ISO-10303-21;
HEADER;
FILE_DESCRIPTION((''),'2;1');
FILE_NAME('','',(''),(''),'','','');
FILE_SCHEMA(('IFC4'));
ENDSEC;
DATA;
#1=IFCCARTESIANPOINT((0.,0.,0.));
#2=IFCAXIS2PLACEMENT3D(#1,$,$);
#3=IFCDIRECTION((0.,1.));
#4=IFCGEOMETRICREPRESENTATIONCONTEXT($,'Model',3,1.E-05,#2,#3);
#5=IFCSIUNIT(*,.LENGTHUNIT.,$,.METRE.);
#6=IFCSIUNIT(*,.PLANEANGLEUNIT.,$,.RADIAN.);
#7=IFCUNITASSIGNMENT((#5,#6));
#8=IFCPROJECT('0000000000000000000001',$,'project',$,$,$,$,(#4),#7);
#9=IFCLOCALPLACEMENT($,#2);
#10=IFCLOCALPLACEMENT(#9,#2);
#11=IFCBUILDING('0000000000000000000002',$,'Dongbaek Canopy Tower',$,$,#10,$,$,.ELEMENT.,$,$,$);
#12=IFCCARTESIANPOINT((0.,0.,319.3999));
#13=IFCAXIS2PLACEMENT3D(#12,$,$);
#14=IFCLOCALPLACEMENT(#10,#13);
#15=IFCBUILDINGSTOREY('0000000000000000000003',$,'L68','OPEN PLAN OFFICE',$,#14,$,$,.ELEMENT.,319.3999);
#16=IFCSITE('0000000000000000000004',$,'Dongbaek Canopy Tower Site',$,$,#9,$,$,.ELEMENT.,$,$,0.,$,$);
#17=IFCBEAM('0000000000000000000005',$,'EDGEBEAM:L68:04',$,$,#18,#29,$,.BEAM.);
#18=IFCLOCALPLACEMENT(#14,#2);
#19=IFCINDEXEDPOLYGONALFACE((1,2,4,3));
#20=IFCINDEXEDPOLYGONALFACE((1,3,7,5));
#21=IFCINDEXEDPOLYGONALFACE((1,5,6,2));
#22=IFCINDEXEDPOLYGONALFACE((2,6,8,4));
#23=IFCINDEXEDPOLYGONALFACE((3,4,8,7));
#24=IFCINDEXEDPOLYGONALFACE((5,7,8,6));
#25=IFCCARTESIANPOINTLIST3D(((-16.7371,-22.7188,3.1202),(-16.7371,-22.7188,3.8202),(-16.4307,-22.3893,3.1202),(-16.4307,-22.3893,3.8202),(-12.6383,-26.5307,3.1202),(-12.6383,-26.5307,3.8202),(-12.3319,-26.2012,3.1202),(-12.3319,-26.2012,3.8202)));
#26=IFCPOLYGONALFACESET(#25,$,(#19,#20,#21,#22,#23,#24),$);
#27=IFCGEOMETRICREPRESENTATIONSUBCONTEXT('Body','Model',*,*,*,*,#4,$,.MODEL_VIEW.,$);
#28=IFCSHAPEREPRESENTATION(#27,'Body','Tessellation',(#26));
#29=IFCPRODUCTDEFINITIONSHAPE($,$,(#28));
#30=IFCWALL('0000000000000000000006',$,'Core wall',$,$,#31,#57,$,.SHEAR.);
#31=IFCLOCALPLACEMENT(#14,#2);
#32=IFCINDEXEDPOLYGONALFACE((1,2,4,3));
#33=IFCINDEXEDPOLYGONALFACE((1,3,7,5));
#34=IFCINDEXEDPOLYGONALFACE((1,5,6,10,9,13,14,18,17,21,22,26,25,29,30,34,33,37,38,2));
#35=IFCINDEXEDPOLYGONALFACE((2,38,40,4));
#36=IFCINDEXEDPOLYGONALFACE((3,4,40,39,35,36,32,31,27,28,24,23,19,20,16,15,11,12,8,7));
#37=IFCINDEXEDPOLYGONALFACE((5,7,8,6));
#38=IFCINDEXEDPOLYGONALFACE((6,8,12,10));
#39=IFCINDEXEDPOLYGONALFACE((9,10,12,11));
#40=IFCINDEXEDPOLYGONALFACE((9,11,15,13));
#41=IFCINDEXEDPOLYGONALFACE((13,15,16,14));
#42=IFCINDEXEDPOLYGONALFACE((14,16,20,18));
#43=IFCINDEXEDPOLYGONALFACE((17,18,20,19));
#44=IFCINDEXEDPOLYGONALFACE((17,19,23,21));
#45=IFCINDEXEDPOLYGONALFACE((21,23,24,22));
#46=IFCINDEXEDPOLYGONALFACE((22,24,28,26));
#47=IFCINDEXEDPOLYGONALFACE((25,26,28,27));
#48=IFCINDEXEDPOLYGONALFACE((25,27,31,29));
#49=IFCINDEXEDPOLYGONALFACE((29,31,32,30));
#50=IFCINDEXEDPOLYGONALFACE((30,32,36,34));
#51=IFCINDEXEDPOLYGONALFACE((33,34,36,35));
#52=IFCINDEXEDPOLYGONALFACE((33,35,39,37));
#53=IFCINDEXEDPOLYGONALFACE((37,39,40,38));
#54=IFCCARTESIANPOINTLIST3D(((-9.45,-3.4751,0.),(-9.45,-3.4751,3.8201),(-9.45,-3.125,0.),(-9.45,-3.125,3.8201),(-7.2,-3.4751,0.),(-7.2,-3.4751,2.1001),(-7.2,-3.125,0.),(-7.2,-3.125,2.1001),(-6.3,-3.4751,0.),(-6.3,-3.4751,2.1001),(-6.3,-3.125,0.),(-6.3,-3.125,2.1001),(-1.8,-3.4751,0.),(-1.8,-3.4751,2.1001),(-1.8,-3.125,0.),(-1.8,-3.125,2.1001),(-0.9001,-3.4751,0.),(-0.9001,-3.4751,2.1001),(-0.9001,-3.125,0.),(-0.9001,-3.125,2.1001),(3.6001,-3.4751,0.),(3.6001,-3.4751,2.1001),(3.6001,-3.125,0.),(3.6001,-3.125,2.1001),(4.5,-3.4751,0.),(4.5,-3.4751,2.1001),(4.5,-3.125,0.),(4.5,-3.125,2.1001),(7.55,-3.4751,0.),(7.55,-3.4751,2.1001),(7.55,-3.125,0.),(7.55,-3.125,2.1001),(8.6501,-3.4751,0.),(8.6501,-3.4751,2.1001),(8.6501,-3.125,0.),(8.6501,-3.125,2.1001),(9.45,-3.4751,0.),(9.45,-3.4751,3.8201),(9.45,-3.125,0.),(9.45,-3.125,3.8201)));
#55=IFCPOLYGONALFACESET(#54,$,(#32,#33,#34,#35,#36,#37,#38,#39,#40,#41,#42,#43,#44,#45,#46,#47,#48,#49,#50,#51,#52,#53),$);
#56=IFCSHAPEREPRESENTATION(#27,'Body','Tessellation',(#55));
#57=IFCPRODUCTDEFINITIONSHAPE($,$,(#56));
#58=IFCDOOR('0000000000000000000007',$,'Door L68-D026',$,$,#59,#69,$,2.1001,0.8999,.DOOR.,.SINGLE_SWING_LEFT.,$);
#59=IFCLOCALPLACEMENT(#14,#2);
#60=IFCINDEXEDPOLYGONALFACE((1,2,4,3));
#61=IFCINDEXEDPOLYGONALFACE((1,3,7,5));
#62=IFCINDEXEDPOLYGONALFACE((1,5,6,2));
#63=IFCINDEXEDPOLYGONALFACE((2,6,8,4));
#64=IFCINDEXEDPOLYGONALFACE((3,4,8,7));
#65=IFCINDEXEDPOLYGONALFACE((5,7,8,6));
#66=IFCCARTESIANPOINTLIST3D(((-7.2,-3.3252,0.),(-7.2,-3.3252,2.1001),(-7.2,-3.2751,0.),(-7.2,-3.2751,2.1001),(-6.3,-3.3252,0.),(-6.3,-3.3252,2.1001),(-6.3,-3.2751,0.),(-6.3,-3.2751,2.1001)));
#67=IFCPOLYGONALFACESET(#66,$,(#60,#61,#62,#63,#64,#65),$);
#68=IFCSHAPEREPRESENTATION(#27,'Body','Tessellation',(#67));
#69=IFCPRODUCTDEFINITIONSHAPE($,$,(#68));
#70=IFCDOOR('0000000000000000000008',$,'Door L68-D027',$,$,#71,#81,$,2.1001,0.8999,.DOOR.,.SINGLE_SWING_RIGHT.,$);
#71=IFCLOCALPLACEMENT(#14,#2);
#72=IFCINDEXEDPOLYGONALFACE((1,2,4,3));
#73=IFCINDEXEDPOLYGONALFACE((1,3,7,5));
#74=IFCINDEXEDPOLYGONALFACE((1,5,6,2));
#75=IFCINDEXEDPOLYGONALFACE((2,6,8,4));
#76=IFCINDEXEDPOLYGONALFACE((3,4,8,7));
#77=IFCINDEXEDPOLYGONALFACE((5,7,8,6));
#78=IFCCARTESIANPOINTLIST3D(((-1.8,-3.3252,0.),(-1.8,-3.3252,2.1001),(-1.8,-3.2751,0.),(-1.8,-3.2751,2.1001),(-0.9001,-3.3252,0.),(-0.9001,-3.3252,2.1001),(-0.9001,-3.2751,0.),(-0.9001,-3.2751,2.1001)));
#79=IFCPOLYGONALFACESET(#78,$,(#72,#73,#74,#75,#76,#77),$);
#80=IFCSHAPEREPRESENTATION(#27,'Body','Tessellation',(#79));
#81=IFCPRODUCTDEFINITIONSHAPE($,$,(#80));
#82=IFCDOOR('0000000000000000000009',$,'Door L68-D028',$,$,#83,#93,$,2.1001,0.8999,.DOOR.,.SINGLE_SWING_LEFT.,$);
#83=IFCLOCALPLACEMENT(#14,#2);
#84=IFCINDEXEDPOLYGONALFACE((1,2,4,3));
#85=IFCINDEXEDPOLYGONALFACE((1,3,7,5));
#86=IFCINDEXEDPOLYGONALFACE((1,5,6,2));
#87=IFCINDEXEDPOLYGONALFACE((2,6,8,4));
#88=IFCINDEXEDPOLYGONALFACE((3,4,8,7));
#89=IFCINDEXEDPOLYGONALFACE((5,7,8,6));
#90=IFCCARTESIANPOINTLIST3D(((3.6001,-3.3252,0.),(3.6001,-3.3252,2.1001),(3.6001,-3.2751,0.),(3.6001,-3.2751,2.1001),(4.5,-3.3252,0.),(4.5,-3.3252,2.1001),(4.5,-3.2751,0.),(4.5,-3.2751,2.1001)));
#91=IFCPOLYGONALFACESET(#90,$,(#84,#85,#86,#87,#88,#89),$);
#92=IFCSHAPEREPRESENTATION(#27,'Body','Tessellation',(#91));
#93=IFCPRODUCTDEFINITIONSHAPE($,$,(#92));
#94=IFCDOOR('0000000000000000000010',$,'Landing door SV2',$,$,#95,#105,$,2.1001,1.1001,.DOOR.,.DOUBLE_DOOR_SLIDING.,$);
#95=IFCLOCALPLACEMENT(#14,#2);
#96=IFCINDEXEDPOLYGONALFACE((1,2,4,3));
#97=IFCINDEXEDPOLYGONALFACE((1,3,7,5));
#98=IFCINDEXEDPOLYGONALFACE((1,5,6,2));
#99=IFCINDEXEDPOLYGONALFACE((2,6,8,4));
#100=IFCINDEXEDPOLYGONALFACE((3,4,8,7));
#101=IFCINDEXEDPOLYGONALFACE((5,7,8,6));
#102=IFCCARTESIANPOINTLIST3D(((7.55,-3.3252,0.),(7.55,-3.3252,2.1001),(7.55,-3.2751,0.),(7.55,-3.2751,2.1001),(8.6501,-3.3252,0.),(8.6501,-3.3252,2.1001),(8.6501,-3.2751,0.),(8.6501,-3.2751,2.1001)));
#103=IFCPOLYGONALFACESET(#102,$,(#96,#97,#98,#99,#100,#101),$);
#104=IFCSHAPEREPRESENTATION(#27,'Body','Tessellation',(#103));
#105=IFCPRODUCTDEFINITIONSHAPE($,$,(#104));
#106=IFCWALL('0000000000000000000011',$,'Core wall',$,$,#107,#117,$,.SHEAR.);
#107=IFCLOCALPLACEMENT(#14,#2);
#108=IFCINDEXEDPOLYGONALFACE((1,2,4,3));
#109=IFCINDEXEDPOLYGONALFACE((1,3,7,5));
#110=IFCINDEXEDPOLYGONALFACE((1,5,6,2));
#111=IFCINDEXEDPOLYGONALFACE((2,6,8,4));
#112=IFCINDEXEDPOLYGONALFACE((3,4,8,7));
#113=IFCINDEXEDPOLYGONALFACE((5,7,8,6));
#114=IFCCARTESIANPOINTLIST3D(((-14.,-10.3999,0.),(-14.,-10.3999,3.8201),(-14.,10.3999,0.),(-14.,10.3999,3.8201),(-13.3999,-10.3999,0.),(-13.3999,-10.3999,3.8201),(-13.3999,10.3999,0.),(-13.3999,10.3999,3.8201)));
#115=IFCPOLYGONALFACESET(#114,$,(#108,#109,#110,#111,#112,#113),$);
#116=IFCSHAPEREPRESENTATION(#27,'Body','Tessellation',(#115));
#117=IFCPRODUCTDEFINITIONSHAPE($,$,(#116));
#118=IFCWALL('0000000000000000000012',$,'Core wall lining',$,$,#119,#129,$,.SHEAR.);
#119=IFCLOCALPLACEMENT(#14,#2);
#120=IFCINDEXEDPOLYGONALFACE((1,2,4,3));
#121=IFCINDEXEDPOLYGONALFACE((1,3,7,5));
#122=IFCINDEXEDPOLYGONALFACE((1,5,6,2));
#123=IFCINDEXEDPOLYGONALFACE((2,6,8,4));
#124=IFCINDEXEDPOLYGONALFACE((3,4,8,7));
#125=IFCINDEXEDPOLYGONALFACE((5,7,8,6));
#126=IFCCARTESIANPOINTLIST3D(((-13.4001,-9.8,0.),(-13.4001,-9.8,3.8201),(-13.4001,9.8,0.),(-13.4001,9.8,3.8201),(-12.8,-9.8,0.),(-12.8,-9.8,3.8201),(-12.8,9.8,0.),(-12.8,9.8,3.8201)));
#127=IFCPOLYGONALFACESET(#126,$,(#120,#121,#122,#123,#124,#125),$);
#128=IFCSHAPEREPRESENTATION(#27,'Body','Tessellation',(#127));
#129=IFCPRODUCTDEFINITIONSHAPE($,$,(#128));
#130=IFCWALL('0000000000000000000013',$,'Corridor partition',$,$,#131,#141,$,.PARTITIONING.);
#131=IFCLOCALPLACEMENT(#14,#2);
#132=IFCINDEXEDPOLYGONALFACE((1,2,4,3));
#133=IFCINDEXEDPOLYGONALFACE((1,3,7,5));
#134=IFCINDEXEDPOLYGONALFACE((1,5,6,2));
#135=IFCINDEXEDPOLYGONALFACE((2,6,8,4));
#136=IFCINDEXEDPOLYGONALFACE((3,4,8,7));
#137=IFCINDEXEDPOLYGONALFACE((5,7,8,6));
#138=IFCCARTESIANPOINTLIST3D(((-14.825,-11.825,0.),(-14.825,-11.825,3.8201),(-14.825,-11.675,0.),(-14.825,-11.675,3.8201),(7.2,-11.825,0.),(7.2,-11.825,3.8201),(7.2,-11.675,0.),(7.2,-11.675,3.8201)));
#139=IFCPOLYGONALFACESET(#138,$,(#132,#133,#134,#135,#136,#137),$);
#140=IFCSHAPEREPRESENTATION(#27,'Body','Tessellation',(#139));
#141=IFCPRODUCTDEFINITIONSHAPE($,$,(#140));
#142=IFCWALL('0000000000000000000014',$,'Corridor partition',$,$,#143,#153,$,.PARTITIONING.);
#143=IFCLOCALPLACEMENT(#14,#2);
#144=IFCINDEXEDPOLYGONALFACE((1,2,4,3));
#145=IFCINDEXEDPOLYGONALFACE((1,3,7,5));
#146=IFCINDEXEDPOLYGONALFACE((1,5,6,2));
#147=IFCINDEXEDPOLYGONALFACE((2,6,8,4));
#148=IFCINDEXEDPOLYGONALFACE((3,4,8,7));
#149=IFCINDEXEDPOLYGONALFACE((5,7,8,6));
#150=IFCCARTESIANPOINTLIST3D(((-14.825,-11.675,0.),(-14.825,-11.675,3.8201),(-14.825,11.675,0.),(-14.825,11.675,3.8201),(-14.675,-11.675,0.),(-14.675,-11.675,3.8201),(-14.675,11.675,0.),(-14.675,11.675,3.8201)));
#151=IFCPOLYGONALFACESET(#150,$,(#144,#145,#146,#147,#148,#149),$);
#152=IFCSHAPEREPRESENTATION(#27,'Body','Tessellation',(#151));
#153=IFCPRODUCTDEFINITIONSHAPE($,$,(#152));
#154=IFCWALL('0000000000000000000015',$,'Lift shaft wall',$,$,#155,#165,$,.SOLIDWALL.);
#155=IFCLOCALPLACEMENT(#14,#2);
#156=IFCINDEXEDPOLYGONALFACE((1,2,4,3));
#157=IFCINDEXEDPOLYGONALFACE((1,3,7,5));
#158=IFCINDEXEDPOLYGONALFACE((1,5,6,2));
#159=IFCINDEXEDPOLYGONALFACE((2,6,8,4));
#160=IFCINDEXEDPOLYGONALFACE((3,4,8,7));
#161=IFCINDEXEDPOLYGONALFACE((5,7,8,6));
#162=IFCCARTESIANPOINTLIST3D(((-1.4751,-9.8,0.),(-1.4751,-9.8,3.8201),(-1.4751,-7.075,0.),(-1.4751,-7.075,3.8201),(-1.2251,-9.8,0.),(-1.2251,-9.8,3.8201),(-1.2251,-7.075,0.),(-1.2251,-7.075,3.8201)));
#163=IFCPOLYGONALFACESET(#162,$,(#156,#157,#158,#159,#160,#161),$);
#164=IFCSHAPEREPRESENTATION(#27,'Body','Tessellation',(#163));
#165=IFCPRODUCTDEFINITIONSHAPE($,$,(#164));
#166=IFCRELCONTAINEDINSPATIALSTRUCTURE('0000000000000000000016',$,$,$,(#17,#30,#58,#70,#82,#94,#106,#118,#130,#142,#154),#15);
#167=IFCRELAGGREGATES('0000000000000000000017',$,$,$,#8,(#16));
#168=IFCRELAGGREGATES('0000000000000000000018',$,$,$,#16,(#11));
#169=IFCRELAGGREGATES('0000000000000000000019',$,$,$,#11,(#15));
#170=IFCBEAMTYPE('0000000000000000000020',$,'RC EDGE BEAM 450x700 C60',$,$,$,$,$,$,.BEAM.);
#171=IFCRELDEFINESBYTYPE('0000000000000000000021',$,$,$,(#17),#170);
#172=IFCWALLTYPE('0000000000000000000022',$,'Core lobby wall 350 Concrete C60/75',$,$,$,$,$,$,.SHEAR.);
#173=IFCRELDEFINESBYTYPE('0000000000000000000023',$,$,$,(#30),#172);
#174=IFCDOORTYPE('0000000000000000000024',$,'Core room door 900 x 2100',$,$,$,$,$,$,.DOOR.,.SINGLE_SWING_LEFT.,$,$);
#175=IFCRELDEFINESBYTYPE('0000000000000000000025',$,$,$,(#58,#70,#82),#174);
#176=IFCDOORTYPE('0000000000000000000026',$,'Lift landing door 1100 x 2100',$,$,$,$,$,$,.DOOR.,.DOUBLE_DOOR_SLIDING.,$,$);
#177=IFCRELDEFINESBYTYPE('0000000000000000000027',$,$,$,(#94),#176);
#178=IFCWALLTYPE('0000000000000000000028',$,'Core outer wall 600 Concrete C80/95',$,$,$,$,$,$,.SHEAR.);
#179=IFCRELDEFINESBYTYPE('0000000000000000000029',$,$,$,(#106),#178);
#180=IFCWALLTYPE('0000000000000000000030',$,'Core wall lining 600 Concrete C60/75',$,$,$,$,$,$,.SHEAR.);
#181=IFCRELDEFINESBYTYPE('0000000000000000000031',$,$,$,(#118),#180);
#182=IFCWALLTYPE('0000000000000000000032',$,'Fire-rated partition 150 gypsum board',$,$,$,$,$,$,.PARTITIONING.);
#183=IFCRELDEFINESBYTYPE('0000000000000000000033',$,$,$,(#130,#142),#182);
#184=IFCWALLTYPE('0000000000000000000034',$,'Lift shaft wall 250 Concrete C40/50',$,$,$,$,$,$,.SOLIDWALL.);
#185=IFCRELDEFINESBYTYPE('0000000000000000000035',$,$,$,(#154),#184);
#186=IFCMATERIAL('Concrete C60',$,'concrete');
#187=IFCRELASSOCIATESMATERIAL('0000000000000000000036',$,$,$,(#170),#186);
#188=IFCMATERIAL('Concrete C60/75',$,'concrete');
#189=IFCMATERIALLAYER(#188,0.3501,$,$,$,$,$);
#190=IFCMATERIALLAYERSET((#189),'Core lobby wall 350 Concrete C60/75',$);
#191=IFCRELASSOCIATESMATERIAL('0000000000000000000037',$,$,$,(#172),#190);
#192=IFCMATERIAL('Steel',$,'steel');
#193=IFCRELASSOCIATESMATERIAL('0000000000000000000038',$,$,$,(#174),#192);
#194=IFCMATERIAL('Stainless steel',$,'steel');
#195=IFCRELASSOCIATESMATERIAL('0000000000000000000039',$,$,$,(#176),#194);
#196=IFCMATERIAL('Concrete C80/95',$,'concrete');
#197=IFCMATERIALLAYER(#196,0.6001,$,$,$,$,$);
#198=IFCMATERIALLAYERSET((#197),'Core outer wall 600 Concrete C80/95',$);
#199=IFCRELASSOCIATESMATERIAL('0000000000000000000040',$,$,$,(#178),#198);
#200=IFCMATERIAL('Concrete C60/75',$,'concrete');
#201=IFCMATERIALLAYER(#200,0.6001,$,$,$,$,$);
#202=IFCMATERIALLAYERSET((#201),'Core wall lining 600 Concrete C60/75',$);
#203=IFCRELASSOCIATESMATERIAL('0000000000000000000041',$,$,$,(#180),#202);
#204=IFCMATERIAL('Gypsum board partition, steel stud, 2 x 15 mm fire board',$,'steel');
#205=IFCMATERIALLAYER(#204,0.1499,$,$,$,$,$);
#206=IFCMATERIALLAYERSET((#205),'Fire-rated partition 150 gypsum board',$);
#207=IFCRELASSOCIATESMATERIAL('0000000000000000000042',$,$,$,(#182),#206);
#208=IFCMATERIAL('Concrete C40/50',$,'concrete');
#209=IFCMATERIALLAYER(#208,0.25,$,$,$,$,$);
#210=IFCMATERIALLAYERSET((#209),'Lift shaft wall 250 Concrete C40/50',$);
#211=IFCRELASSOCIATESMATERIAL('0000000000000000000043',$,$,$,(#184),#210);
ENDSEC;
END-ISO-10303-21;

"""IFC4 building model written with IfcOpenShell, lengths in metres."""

from ifc_helpers import new_model, si_unit, direction, frame, frame_2d, origin, origin_2d, place, context, subcontext, project, spatial, rectangle, extrude, material, layer, layer_set, material_profile, profile_set, type_object, element, fill, save


model = new_model("IFC4")

# Units and contexts
model_context = context("Model", 3, precision=1e-05, world=origin(), true_north=direction((0.0, 1.0)))
body_context = subcontext(model_context, "Body", "Model", "MODEL_VIEW")
ifc_project = project(units=[si_unit("LENGTHUNIT", "METRE"), si_unit("PLANEANGLEUNIT", "RADIAN")], contexts=[model_context])

# Site, building, storey
site_placement = place(None, origin())
site = spatial("IfcSite", under=ifc_project, at=site_placement, Name="Dongbaek Canopy Tower Site", CompositionType="ELEMENT", RefElevation=0.0)
building_placement = place(site_placement, origin())
building = spatial("IfcBuilding", under=site, at=building_placement, Name="Dongbaek Canopy Tower", CompositionType="ELEMENT")
storey_placement = place(building_placement, frame((0.0, 0.0, 319.3999)))
storey = spatial("IfcBuildingStorey", under=building, at=storey_placement, Name="L68", Description="OPEN PLAN OFFICE", CompositionType="ELEMENT", Elevation=319.3999)

# Beam
ifc_material_1 = material(Name="Concrete C60", Category="concrete")
ifc_material_profile = material_profile(ifc_material_1, rectangle(XDim=0.45, YDim=0.7, at=origin_2d()), Name="RC EDGE BEAM 450x700 C60")
ifc_profile_set = profile_set([ifc_material_profile], Name="Concrete C60")
beam_type = type_object("IfcBeamType", Name="RC EDGE BEAM 450x700 C60", PredefinedType="BEAM", material=ifc_profile_set)
beam_placement = place(storey_placement, frame((-12.4851, -26.366, 3.4702), z_axis=(-0.732267, 0.681018, 0.0), x_axis=(-0.681018, -0.732267, 0.0)))
element("IfcBeam", 1, at=beam_placement, inside=storey, type_object=beam_type, Name="EDGEBEAM:L68:04", PredefinedType="BEAM", context=body_context, shape_type="SweptSolid", body=[
    extrude(rectangle(XDim=0.45, YDim=0.7, at=origin_2d()), origin(), (0.0, 0.0, 1.0), 5.5974),
])

# Wall, openings, doors
ifc_material_2 = material(Name="Concrete C60/75", Category="concrete")
ifc_layer_1 = layer(ifc_material_2, 0.3501)
ifc_layer_set_1 = layer_set([ifc_layer_1], Name="Core lobby wall 350 Concrete C60/75")
wall_type_1 = type_object("IfcWallType", Name="Core lobby wall 350 Concrete C60/75", PredefinedType="SHEAR", material=ifc_layer_set_1)
wall_1_placement = place(storey_placement, frame((-9.45, -3.3, 0.0), z_axis=(0.0, 0.0, 1.0), x_axis=(1.0, 0.0, 0.0)))
wall_1 = element("IfcWall", 2, at=wall_1_placement, inside=storey, type_object=wall_type_1, Name="Core wall", PredefinedType="SHEAR", context=body_context, shape_type="SweptSolid", body=[
    extrude(rectangle(XDim=18.8999, YDim=0.3501, at=frame_2d((9.45, 0.0))), origin(), (0.0, 0.0, 1.0), 3.8201),
])
opening_1_placement = place(wall_1_placement, frame((17.0, 0.0, 0.0)))
opening_1 = element("IfcOpeningElement", 3, at=opening_1_placement, cuts=wall_1, PredefinedType="OPENING", context=body_context, shape_type="SweptSolid", body=[
    extrude(rectangle(XDim=1.1001, YDim=2.1001, at=frame_2d((0.55, 1.05))), frame((0.0, 0.1851, 0.0), z_axis=(0.0, -1.0, 0.0), x_axis=(1.0, 0.0, 0.0)), (0.0, 0.0, 1.0), 0.3701),
])
opening_2_placement = place(wall_1_placement, frame((2.25, 0.0, 0.0)))
opening_2 = element("IfcOpeningElement", 4, at=opening_2_placement, cuts=wall_1, PredefinedType="OPENING", context=body_context, shape_type="SweptSolid", body=[
    extrude(rectangle(XDim=0.8999, YDim=2.1001, at=frame_2d((0.45, 1.05))), frame((0.0, 0.1851, 0.0), z_axis=(0.0, -1.0, 0.0), x_axis=(1.0, 0.0, 0.0)), (0.0, 0.0, 1.0), 0.3701),
])
opening_3_placement = place(wall_1_placement, frame((7.6499, 0.0, 0.0)))
opening_3 = element("IfcOpeningElement", 5, at=opening_3_placement, cuts=wall_1, PredefinedType="OPENING", context=body_context, shape_type="SweptSolid", body=[
    extrude(rectangle(XDim=0.8999, YDim=2.1001, at=frame_2d((0.45, 1.05))), frame((0.0, 0.1851, 0.0), z_axis=(0.0, -1.0, 0.0), x_axis=(1.0, 0.0, 0.0)), (0.0, 0.0, 1.0), 0.3701),
])
opening_4_placement = place(wall_1_placement, frame((13.05, 0.0, 0.0)))
opening_4 = element("IfcOpeningElement", 6, at=opening_4_placement, cuts=wall_1, PredefinedType="OPENING", context=body_context, shape_type="SweptSolid", body=[
    extrude(rectangle(XDim=0.8999, YDim=2.1001, at=frame_2d((0.45, 1.05))), frame((0.0, 0.1851, 0.0), z_axis=(0.0, -1.0, 0.0), x_axis=(1.0, 0.0, 0.0)), (0.0, 0.0, 1.0), 0.3701),
])
ifc_material_3 = material(Name="Steel", Category="steel")
door_type_1 = type_object("IfcDoorType", Name="Core room door 900 x 2100", OperationType="SINGLE_SWING_LEFT", PredefinedType="DOOR", material=ifc_material_3)
door_1_placement = place(opening_2_placement, origin())
door_1 = element("IfcDoor", 7, at=door_1_placement, inside=storey, type_object=door_type_1, Name="Door L68-D026", OperationType="SINGLE_SWING_LEFT", OverallHeight=2.1001, OverallWidth=0.8999, PredefinedType="DOOR", context=body_context, shape_type="SweptSolid", body=[
    extrude(rectangle(XDim=0.8999, YDim=2.1001, at=frame_2d((0.45, 1.05))), frame((0.0, 0.0249, 0.0), z_axis=(0.0, -1.0, 0.0), x_axis=(1.0, 0.0, 0.0)), (0.0, 0.0, 1.0), 0.05),
])
fill(opening_2, door_1)
door_2_placement = place(opening_3_placement, origin())
door_2 = element("IfcDoor", 8, at=door_2_placement, inside=storey, type_object=door_type_1, Name="Door L68-D027", OperationType="SINGLE_SWING_RIGHT", OverallHeight=2.1001, OverallWidth=0.8999, PredefinedType="DOOR", context=body_context, shape_type="SweptSolid", body=[
    extrude(rectangle(XDim=0.8999, YDim=2.1001, at=frame_2d((0.45, 1.05))), frame((0.0, 0.0249, 0.0), z_axis=(0.0, -1.0, 0.0), x_axis=(1.0, 0.0, 0.0)), (0.0, 0.0, 1.0), 0.05),
])
fill(opening_3, door_2)
door_3_placement = place(opening_4_placement, origin())
door_3 = element("IfcDoor", 9, at=door_3_placement, inside=storey, type_object=door_type_1, Name="Door L68-D028", OperationType="SINGLE_SWING_LEFT", OverallHeight=2.1001, OverallWidth=0.8999, PredefinedType="DOOR", context=body_context, shape_type="SweptSolid", body=[
    extrude(rectangle(XDim=0.8999, YDim=2.1001, at=frame_2d((0.45, 1.05))), frame((0.0, 0.0249, 0.0), z_axis=(0.0, -1.0, 0.0), x_axis=(1.0, 0.0, 0.0)), (0.0, 0.0, 1.0), 0.05),
])
fill(opening_4, door_3)
ifc_material_4 = material(Name="Stainless steel", Category="steel")
door_type_2 = type_object("IfcDoorType", Name="Lift landing door 1100 x 2100", OperationType="DOUBLE_DOOR_SLIDING", PredefinedType="DOOR", material=ifc_material_4)
door_4_placement = place(opening_1_placement, origin())
door_4 = element("IfcDoor", 10, at=door_4_placement, inside=storey, type_object=door_type_2, Name="Landing door SV2", OperationType="DOUBLE_DOOR_SLIDING", OverallHeight=2.1001, OverallWidth=1.1001, PredefinedType="DOOR", context=body_context, shape_type="SweptSolid", body=[
    extrude(rectangle(XDim=1.1001, YDim=2.1001, at=frame_2d((0.55, 1.05))), frame((0.0, 0.0249, 0.0), z_axis=(0.0, -1.0, 0.0), x_axis=(1.0, 0.0, 0.0)), (0.0, 0.0, 1.0), 0.05),
])
fill(opening_1, door_4)

# Walls
ifc_material_5 = material(Name="Concrete C80/95", Category="concrete")
ifc_layer_2 = layer(ifc_material_5, 0.6001)
ifc_layer_set_2 = layer_set([ifc_layer_2], Name="Core outer wall 600 Concrete C80/95")
wall_type_2 = type_object("IfcWallType", Name="Core outer wall 600 Concrete C80/95", PredefinedType="SHEAR", material=ifc_layer_set_2)
wall_2_placement = place(storey_placement, frame((-13.7, -10.3999, 0.0), z_axis=(0.0, 0.0, 1.0), x_axis=(0.0, 1.0, 0.0)))
element("IfcWall", 11, at=wall_2_placement, inside=storey, type_object=wall_type_2, Name="Core wall", PredefinedType="SHEAR", context=body_context, shape_type="SweptSolid", body=[
    extrude(rectangle(XDim=20.7998, YDim=0.6001, at=frame_2d((10.3999, 0.0))), origin(), (0.0, 0.0, 1.0), 3.8201),
])
ifc_material_6 = material(Name="Concrete C60/75", Category="concrete")
ifc_layer_3 = layer(ifc_material_6, 0.6001)
ifc_layer_set_3 = layer_set([ifc_layer_3], Name="Core wall lining 600 Concrete C60/75")
wall_type_3 = type_object("IfcWallType", Name="Core wall lining 600 Concrete C60/75", PredefinedType="SHEAR", material=ifc_layer_set_3)
wall_3_placement = place(storey_placement, frame((-13.1001, -9.8, 0.0), z_axis=(0.0, 0.0, 1.0), x_axis=(0.0, 1.0, 0.0)))
element("IfcWall", 12, at=wall_3_placement, inside=storey, type_object=wall_type_3, Name="Core wall lining", PredefinedType="SHEAR", context=body_context, shape_type="SweptSolid", body=[
    extrude(rectangle(XDim=19.6001, YDim=0.6001, at=frame_2d((9.8, 0.0))), origin(), (0.0, 0.0, 1.0), 3.8201),
])
ifc_material_7 = material(Name="Gypsum board partition, steel stud, 2 x 15 mm fire board", Category="steel")
ifc_layer_4 = layer(ifc_material_7, 0.1499)
ifc_layer_set_4 = layer_set([ifc_layer_4], Name="Fire-rated partition 150 gypsum board")
wall_type_4 = type_object("IfcWallType", Name="Fire-rated partition 150 gypsum board", PredefinedType="PARTITIONING", material=ifc_layer_set_4)
wall_4_placement = place(storey_placement, frame((-14.825, -11.75, 0.0), z_axis=(0.0, 0.0, 1.0), x_axis=(1.0, 0.0, 0.0)))
element("IfcWall", 13, at=wall_4_placement, inside=storey, type_object=wall_type_4, Name="Corridor partition", PredefinedType="PARTITIONING", context=body_context, shape_type="SweptSolid", body=[
    extrude(rectangle(XDim=22.0249, YDim=0.1499, at=frame_2d((11.0125, 0.0))), origin(), (0.0, 0.0, 1.0), 3.8201),
])
wall_5_placement = place(storey_placement, frame((-14.75, -11.675, 0.0), z_axis=(0.0, 0.0, 1.0), x_axis=(0.0, 1.0, 0.0)))
element("IfcWall", 14, at=wall_5_placement, inside=storey, type_object=wall_type_4, Name="Corridor partition", PredefinedType="PARTITIONING", context=body_context, shape_type="SweptSolid", body=[
    extrude(rectangle(XDim=23.3501, YDim=0.1499, at=frame_2d((11.675, 0.0))), origin(), (0.0, 0.0, 1.0), 3.8201),
])
ifc_material_8 = material(Name="Concrete C40/50", Category="concrete")
ifc_layer_5 = layer(ifc_material_8, 0.25)
ifc_layer_set_5 = layer_set([ifc_layer_5], Name="Lift shaft wall 250 Concrete C40/50")
wall_type_5 = type_object("IfcWallType", Name="Lift shaft wall 250 Concrete C40/50", PredefinedType="SOLIDWALL", material=ifc_layer_set_5)
for number, where, z_axis, x_axis, name in (
    (15, (-1.3501, -9.8, 0.0), (0.0, 0.0, 1.0), (0.0, 1.0, 0.0), "Lift shaft wall"),
):
    element("IfcWall", number, at=place(storey_placement, frame(where, z_axis=z_axis, x_axis=x_axis)), inside=storey, type_object=wall_type_5, Name=name, PredefinedType="SOLIDWALL", context=body_context, shape_type="SweptSolid", body=[
        extrude(rectangle(XDim=2.7251, YDim=0.25, at=frame_2d((1.3625, 0.0))), origin(), (0.0, 0.0, 1.0), 3.8201),
    ])

save(model, "model.ifc")
